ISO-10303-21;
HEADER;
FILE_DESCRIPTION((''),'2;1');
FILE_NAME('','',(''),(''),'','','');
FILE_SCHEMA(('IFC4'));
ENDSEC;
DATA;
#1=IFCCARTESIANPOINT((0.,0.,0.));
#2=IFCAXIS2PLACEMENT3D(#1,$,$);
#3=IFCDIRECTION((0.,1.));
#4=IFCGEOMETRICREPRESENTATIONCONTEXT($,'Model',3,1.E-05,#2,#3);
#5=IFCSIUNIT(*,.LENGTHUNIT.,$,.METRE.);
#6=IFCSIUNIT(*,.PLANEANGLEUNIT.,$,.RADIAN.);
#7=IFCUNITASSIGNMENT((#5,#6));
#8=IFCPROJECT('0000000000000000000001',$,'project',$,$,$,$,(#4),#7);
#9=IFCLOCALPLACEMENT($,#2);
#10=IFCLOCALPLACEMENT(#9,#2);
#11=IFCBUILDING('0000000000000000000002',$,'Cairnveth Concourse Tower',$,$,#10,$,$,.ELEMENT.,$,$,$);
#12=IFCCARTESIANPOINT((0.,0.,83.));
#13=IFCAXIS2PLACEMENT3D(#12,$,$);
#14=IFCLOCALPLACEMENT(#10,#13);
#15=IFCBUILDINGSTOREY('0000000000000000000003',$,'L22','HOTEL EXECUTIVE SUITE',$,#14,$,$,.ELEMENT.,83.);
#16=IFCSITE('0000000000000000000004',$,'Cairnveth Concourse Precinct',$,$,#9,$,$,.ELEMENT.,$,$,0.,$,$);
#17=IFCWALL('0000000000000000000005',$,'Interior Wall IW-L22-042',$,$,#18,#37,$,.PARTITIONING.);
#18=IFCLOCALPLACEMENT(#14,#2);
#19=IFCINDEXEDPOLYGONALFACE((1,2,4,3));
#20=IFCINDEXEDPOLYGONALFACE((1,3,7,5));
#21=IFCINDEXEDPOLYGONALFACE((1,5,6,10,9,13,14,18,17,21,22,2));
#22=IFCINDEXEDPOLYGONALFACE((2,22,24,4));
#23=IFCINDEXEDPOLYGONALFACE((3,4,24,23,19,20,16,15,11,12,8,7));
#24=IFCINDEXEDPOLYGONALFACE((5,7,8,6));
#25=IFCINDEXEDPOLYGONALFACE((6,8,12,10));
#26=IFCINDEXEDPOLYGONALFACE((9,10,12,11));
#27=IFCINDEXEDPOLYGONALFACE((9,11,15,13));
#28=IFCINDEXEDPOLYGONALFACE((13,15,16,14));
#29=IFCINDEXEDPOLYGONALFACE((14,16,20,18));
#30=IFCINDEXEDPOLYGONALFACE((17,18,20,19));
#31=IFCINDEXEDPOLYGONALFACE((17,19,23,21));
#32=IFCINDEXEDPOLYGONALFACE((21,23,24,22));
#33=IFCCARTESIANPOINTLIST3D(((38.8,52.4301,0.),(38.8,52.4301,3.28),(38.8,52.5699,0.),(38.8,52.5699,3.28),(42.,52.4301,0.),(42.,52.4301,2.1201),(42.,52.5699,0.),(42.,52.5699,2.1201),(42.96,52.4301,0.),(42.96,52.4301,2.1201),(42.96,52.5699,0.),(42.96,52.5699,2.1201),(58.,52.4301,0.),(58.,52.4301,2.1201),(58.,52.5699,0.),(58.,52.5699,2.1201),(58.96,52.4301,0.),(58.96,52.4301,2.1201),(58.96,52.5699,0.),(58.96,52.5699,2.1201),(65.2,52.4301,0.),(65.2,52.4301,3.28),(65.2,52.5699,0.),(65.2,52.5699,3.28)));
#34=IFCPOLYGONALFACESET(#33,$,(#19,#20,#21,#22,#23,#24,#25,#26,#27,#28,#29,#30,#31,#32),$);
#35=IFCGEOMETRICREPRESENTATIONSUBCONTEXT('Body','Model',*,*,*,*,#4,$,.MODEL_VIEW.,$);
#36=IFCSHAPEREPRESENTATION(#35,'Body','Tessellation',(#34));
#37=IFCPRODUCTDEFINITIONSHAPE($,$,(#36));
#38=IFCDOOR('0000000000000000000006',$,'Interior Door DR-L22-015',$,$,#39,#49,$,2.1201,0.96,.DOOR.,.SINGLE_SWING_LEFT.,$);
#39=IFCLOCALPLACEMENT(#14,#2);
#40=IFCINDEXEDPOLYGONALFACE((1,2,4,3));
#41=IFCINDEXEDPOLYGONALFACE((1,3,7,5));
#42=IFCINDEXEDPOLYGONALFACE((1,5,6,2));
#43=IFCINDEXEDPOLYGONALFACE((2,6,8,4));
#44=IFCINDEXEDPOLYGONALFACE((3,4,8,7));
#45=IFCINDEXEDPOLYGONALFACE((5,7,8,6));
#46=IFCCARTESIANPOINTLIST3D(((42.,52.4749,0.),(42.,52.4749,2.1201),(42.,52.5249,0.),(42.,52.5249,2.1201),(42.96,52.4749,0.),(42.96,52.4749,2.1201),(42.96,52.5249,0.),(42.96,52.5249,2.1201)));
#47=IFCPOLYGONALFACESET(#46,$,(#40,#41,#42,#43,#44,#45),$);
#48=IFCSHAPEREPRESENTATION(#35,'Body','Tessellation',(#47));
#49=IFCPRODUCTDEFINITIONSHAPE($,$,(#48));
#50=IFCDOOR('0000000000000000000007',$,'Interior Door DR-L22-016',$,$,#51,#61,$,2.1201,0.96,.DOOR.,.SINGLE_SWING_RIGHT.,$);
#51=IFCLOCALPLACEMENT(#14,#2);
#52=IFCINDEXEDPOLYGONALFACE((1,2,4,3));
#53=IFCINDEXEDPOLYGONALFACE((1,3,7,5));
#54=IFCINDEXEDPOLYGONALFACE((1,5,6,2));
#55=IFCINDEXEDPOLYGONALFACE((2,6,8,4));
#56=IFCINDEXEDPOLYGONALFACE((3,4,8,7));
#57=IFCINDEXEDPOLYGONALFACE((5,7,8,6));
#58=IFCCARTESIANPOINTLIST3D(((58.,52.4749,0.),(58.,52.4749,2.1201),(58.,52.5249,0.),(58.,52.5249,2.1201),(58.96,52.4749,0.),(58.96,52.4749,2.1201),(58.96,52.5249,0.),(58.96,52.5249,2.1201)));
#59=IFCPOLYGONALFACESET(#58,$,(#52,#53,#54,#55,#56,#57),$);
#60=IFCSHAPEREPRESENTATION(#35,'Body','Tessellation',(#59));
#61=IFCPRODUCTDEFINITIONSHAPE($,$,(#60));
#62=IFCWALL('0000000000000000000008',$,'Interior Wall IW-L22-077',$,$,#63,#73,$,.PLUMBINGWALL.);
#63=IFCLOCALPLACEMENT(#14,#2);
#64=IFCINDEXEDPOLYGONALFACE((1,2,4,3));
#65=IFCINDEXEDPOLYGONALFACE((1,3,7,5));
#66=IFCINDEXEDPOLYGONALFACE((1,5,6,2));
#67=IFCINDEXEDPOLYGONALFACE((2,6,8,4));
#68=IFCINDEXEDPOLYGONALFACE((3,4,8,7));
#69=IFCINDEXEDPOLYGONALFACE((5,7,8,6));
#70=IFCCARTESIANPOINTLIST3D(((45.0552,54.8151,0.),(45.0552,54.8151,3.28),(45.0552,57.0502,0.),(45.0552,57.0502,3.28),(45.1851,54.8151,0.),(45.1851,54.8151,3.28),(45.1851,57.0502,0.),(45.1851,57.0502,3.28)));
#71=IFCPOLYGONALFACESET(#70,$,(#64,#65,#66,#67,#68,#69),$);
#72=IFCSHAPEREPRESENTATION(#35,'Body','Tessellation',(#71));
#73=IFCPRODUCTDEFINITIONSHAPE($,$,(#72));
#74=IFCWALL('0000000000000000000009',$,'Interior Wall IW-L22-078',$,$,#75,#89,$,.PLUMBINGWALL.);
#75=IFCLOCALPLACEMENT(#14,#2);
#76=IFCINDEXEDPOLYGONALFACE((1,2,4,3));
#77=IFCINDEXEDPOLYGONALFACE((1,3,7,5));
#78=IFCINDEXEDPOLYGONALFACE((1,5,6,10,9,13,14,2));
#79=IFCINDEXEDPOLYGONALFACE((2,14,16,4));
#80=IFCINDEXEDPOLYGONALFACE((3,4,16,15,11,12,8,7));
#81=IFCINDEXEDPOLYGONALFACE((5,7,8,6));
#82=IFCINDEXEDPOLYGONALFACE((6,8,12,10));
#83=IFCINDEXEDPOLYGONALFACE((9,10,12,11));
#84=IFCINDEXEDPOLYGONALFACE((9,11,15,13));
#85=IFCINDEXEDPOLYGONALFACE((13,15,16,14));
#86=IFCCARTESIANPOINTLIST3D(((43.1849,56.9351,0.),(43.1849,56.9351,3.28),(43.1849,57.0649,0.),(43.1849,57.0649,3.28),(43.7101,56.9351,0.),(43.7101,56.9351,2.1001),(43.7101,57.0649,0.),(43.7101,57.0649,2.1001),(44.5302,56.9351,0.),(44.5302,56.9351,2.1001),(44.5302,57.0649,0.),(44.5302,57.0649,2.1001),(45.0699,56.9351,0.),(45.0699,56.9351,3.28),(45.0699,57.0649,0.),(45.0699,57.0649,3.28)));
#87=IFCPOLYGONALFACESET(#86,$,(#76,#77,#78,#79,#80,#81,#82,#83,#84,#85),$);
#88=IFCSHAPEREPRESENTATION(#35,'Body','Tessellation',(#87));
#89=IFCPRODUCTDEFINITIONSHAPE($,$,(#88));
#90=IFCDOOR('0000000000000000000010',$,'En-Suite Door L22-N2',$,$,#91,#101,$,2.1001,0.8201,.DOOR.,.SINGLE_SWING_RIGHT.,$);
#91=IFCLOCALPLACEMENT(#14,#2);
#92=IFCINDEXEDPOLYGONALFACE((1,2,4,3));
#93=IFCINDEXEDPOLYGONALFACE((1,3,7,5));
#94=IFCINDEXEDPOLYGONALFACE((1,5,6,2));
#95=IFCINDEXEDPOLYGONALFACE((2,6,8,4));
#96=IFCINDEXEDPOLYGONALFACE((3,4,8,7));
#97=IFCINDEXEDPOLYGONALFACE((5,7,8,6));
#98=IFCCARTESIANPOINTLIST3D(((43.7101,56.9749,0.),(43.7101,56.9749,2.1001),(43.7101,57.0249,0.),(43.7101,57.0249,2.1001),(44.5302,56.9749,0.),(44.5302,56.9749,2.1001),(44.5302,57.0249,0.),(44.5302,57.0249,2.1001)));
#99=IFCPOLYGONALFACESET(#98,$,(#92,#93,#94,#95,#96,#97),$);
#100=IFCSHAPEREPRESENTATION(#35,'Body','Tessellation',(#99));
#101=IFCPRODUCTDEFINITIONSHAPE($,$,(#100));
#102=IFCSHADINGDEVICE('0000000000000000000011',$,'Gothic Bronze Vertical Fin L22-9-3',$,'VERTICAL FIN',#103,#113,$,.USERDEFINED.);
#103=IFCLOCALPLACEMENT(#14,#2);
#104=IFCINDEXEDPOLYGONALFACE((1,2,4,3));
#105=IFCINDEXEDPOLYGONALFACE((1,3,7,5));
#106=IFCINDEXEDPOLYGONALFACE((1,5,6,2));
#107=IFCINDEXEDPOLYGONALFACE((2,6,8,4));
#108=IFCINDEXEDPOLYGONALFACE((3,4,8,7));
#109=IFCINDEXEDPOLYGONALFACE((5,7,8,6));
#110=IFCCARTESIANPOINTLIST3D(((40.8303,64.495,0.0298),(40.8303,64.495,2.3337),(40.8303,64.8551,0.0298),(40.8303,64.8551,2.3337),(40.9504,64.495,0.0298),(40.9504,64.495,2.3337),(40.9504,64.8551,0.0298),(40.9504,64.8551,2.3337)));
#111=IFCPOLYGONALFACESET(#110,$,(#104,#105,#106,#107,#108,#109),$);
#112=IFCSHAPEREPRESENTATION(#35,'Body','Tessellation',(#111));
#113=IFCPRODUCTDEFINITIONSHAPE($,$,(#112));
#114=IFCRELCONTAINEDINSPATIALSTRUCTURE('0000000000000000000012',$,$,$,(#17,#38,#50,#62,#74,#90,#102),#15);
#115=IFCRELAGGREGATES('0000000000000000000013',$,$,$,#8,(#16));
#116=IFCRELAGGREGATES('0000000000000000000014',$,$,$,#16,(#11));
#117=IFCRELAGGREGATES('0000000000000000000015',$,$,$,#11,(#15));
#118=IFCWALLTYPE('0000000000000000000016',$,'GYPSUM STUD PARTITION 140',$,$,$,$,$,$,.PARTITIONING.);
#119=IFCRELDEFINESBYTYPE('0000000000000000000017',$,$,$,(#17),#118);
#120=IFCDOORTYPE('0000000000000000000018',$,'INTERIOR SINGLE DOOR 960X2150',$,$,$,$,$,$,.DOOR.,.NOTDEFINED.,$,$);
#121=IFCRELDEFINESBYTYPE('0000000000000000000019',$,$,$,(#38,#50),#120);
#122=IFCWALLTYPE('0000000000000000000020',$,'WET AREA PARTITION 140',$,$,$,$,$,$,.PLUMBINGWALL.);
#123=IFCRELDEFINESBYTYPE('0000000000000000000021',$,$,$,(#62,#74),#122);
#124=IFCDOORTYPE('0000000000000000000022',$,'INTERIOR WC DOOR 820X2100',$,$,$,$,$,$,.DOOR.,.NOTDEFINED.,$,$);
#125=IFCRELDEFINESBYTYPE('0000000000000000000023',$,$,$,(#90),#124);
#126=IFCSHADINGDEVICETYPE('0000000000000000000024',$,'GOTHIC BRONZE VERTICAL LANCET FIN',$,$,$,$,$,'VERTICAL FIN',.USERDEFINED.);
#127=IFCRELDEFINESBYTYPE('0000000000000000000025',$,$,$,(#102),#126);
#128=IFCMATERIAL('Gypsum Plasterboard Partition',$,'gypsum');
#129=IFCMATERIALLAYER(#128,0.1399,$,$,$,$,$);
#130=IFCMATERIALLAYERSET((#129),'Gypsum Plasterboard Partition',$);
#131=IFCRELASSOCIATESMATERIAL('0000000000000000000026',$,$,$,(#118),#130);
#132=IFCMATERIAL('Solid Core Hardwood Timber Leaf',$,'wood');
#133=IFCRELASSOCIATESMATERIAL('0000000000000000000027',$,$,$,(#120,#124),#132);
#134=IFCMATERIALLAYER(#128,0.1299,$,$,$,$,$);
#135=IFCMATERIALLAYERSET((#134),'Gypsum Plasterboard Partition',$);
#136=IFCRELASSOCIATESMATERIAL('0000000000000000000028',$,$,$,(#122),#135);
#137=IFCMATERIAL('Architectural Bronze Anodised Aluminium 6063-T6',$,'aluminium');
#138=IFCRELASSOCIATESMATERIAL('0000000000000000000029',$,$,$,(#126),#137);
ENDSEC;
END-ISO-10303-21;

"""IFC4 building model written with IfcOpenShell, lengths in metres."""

from ifc_helpers import new_model, si_unit, direction, frame, frame_2d, origin, origin_2d, place, context, subcontext, project, spatial, rectangle, extrude, material, layer, layer_set, type_object, element, fill, save


model = new_model("IFC4")

# Units and contexts
model_context = context("Model", 3, precision=1e-05, world=origin(), true_north=direction((0.0, 1.0)))
body_context = subcontext(model_context, "Body", "Model", "MODEL_VIEW")
ifc_project = project(units=[si_unit("LENGTHUNIT", "METRE"), si_unit("PLANEANGLEUNIT", "RADIAN")], contexts=[model_context])

# Site, building, storey
site_placement = place(None, origin())
site = spatial("IfcSite", under=ifc_project, at=site_placement, Name="Cairnveth Concourse Precinct", CompositionType="ELEMENT", RefElevation=0.0)
building_placement = place(site_placement, origin())
building = spatial("IfcBuilding", under=site, at=building_placement, Name="Cairnveth Concourse Tower", CompositionType="ELEMENT")
storey_placement = place(building_placement, frame((0.0, 0.0, 83.0)))
storey = spatial("IfcBuildingStorey", under=building, at=storey_placement, Name="L22", Description="HOTEL EXECUTIVE SUITE", CompositionType="ELEMENT", Elevation=83.0)

# Shared definitions
ifc_material_1 = material(Name="Gypsum Plasterboard Partition", Category="gypsum")
ifc_material_2 = material(Name="Solid Core Hardwood Timber Leaf", Category="wood")

# Wall, openings, doors
ifc_layer_1 = layer(ifc_material_1, 0.1399)
ifc_layer_set_1 = layer_set([ifc_layer_1], Name="Gypsum Plasterboard Partition")
wall_type_1 = type_object("IfcWallType", Name="GYPSUM STUD PARTITION 140", PredefinedType="PARTITIONING", material=ifc_layer_set_1)
wall_1_placement = place(storey_placement, frame((38.8, 52.5, 0.0), z_axis=(0.0, 0.0, 1.0), x_axis=(1.0, 0.0, 0.0)))
wall_1 = element("IfcWall", 1, at=wall_1_placement, inside=storey, type_object=wall_type_1, Name="Interior Wall IW-L22-042", PredefinedType="PARTITIONING", context=body_context, shape_type="SweptSolid", body=[
    extrude(rectangle(XDim=26.3999, YDim=0.1399, at=frame_2d((13.2, 0.0))), origin(), (0.0, 0.0, 1.0), 3.28),
])
opening_1_placement = place(wall_1_placement, frame((3.2, 0.0, 0.0)))
opening_1 = element("IfcOpeningElement", 2, at=opening_1_placement, cuts=wall_1, PredefinedType="OPENING", context=body_context, shape_type="SweptSolid", body=[
    extrude(rectangle(XDim=0.96, YDim=2.1201, at=frame_2d((0.48, 1.0601))), frame((0.0, 0.0798, 0.0), z_axis=(0.0, -1.0, 0.0), x_axis=(1.0, 0.0, 0.0)), (0.0, 0.0, 1.0), 0.1599),
])
opening_2_placement = place(wall_1_placement, frame((19.2, 0.0, 0.0)))
opening_2 = element("IfcOpeningElement", 3, at=opening_2_placement, cuts=wall_1, PredefinedType="OPENING", context=body_context, shape_type="SweptSolid", body=[
    extrude(rectangle(XDim=0.96, YDim=2.1201, at=frame_2d((0.48, 1.0601))), frame((0.0, 0.0798, 0.0), z_axis=(0.0, -1.0, 0.0), x_axis=(1.0, 0.0, 0.0)), (0.0, 0.0, 1.0), 0.1599),
])
door_type_1 = type_object("IfcDoorType", Name="INTERIOR SINGLE DOOR 960X2150", OperationType="NOTDEFINED", PredefinedType="DOOR", material=ifc_material_2)
door_1_placement = place(opening_1_placement, origin())
door_1 = element("IfcDoor", 4, at=door_1_placement, inside=storey, type_object=door_type_1, Name="Interior Door DR-L22-015", OperationType="SINGLE_SWING_LEFT", OverallHeight=2.1201, OverallWidth=0.96, PredefinedType="DOOR", context=body_context, shape_type="SweptSolid", body=[
    extrude(rectangle(XDim=0.96, YDim=2.1201, at=frame_2d((0.48, 1.0601))), frame((0.0, 0.0249, 0.0), z_axis=(0.0, -1.0, 0.0), x_axis=(1.0, 0.0, 0.0)), (0.0, 0.0, 1.0), 0.05),
])
fill(opening_1, door_1)
door_2_placement = place(opening_2_placement, origin())
door_2 = element("IfcDoor", 5, at=door_2_placement, inside=storey, type_object=door_type_1, Name="Interior Door DR-L22-016", OperationType="SINGLE_SWING_RIGHT", OverallHeight=2.1201, OverallWidth=0.96, PredefinedType="DOOR", context=body_context, shape_type="SweptSolid", body=[
    extrude(rectangle(XDim=0.96, YDim=2.1201, at=frame_2d((0.48, 1.0601))), frame((0.0, 0.0249, 0.0), z_axis=(0.0, -1.0, 0.0), x_axis=(1.0, 0.0, 0.0)), (0.0, 0.0, 1.0), 0.05),
])
fill(opening_2, door_2)

# Wall
ifc_layer_2 = layer(ifc_material_1, 0.1299)
ifc_layer_set_2 = layer_set([ifc_layer_2], Name="Gypsum Plasterboard Partition")
wall_type_2 = type_object("IfcWallType", Name="WET AREA PARTITION 140", PredefinedType="PLUMBINGWALL", material=ifc_layer_set_2)
wall_2_placement = place(storey_placement, frame((45.1201, 54.8149, 0.0), z_axis=(0.0, 0.0, 1.0), x_axis=(0.0, 1.0, 0.0)))
element("IfcWall", 6, at=wall_2_placement, inside=storey, type_object=wall_type_2, Name="Interior Wall IW-L22-077", PredefinedType="PLUMBINGWALL", context=body_context, shape_type="SweptSolid", body=[
    extrude(rectangle(XDim=2.2351, YDim=0.1299, at=frame_2d((1.1177, 0.0))), origin(), (0.0, 0.0, 1.0), 3.28),
])

# Wall, opening, door
wall_3_placement = place(storey_placement, frame((43.1851, 57.0, 0.0), z_axis=(0.0, 0.0, 1.0), x_axis=(1.0, 0.0, 0.0)))
wall_3 = element("IfcWall", 7, at=wall_3_placement, inside=storey, type_object=wall_type_2, Name="Interior Wall IW-L22-078", PredefinedType="PLUMBINGWALL", context=body_context, shape_type="SweptSolid", body=[
    extrude(rectangle(XDim=1.885, YDim=0.1299, at=frame_2d((0.9424, 0.0))), origin(), (0.0, 0.0, 1.0), 3.28),
])
opening_3_placement = place(wall_3_placement, frame((0.5249, 0.0, 0.0)))
opening_3 = element("IfcOpeningElement", 8, at=opening_3_placement, cuts=wall_3, PredefinedType="OPENING", context=body_context, shape_type="SweptSolid", body=[
    extrude(rectangle(XDim=0.8201, YDim=2.1001, at=frame_2d((0.4102, 1.05))), frame((0.0, 0.075, 0.0), z_axis=(0.0, -1.0, 0.0), x_axis=(1.0, 0.0, 0.0)), (0.0, 0.0, 1.0), 0.1499),
])
door_type_2 = type_object("IfcDoorType", Name="INTERIOR WC DOOR 820X2100", OperationType="NOTDEFINED", PredefinedType="DOOR", material=ifc_material_2)
door_3_placement = place(opening_3_placement, origin())
door_3 = element("IfcDoor", 9, at=door_3_placement, inside=storey, type_object=door_type_2, Name="En-Suite Door L22-N2", OperationType="SINGLE_SWING_RIGHT", OverallHeight=2.1001, OverallWidth=0.8201, PredefinedType="DOOR", context=body_context, shape_type="SweptSolid", body=[
    extrude(rectangle(XDim=0.8201, YDim=2.1001, at=frame_2d((0.4102, 1.05))), frame((0.0, 0.0249, 0.0), z_axis=(0.0, -1.0, 0.0), x_axis=(1.0, 0.0, 0.0)), (0.0, 0.0, 1.0), 0.05),
])
fill(opening_3, door_3)

# Shading device
ifc_material_3 = material(Name="Architectural Bronze Anodised Aluminium 6063-T6", Category="aluminium")
shading_device_type = type_object("IfcShadingDeviceType", Name="GOTHIC BRONZE VERTICAL LANCET FIN", ElementType="VERTICAL FIN", PredefinedType="USERDEFINED", material=ifc_material_3)
shading_device_placement = place(storey_placement, frame((40.8904, 64.675, 0.0298), z_axis=(0.0, 0.0, 1.0), x_axis=(1.0, 0.0, 0.0)))
element("IfcShadingDevice", 10, at=shading_device_placement, inside=storey, type_object=shading_device_type, Name="Gothic Bronze Vertical Fin L22-9-3", ObjectType="VERTICAL FIN", PredefinedType="USERDEFINED", context=body_context, shape_type="SweptSolid", body=[
    extrude(rectangle(XDim=0.1201, YDim=0.3601, at=origin_2d()), origin(), (0.0, 0.0, 1.0), 2.304),
])

save(model, "model.ifc")
